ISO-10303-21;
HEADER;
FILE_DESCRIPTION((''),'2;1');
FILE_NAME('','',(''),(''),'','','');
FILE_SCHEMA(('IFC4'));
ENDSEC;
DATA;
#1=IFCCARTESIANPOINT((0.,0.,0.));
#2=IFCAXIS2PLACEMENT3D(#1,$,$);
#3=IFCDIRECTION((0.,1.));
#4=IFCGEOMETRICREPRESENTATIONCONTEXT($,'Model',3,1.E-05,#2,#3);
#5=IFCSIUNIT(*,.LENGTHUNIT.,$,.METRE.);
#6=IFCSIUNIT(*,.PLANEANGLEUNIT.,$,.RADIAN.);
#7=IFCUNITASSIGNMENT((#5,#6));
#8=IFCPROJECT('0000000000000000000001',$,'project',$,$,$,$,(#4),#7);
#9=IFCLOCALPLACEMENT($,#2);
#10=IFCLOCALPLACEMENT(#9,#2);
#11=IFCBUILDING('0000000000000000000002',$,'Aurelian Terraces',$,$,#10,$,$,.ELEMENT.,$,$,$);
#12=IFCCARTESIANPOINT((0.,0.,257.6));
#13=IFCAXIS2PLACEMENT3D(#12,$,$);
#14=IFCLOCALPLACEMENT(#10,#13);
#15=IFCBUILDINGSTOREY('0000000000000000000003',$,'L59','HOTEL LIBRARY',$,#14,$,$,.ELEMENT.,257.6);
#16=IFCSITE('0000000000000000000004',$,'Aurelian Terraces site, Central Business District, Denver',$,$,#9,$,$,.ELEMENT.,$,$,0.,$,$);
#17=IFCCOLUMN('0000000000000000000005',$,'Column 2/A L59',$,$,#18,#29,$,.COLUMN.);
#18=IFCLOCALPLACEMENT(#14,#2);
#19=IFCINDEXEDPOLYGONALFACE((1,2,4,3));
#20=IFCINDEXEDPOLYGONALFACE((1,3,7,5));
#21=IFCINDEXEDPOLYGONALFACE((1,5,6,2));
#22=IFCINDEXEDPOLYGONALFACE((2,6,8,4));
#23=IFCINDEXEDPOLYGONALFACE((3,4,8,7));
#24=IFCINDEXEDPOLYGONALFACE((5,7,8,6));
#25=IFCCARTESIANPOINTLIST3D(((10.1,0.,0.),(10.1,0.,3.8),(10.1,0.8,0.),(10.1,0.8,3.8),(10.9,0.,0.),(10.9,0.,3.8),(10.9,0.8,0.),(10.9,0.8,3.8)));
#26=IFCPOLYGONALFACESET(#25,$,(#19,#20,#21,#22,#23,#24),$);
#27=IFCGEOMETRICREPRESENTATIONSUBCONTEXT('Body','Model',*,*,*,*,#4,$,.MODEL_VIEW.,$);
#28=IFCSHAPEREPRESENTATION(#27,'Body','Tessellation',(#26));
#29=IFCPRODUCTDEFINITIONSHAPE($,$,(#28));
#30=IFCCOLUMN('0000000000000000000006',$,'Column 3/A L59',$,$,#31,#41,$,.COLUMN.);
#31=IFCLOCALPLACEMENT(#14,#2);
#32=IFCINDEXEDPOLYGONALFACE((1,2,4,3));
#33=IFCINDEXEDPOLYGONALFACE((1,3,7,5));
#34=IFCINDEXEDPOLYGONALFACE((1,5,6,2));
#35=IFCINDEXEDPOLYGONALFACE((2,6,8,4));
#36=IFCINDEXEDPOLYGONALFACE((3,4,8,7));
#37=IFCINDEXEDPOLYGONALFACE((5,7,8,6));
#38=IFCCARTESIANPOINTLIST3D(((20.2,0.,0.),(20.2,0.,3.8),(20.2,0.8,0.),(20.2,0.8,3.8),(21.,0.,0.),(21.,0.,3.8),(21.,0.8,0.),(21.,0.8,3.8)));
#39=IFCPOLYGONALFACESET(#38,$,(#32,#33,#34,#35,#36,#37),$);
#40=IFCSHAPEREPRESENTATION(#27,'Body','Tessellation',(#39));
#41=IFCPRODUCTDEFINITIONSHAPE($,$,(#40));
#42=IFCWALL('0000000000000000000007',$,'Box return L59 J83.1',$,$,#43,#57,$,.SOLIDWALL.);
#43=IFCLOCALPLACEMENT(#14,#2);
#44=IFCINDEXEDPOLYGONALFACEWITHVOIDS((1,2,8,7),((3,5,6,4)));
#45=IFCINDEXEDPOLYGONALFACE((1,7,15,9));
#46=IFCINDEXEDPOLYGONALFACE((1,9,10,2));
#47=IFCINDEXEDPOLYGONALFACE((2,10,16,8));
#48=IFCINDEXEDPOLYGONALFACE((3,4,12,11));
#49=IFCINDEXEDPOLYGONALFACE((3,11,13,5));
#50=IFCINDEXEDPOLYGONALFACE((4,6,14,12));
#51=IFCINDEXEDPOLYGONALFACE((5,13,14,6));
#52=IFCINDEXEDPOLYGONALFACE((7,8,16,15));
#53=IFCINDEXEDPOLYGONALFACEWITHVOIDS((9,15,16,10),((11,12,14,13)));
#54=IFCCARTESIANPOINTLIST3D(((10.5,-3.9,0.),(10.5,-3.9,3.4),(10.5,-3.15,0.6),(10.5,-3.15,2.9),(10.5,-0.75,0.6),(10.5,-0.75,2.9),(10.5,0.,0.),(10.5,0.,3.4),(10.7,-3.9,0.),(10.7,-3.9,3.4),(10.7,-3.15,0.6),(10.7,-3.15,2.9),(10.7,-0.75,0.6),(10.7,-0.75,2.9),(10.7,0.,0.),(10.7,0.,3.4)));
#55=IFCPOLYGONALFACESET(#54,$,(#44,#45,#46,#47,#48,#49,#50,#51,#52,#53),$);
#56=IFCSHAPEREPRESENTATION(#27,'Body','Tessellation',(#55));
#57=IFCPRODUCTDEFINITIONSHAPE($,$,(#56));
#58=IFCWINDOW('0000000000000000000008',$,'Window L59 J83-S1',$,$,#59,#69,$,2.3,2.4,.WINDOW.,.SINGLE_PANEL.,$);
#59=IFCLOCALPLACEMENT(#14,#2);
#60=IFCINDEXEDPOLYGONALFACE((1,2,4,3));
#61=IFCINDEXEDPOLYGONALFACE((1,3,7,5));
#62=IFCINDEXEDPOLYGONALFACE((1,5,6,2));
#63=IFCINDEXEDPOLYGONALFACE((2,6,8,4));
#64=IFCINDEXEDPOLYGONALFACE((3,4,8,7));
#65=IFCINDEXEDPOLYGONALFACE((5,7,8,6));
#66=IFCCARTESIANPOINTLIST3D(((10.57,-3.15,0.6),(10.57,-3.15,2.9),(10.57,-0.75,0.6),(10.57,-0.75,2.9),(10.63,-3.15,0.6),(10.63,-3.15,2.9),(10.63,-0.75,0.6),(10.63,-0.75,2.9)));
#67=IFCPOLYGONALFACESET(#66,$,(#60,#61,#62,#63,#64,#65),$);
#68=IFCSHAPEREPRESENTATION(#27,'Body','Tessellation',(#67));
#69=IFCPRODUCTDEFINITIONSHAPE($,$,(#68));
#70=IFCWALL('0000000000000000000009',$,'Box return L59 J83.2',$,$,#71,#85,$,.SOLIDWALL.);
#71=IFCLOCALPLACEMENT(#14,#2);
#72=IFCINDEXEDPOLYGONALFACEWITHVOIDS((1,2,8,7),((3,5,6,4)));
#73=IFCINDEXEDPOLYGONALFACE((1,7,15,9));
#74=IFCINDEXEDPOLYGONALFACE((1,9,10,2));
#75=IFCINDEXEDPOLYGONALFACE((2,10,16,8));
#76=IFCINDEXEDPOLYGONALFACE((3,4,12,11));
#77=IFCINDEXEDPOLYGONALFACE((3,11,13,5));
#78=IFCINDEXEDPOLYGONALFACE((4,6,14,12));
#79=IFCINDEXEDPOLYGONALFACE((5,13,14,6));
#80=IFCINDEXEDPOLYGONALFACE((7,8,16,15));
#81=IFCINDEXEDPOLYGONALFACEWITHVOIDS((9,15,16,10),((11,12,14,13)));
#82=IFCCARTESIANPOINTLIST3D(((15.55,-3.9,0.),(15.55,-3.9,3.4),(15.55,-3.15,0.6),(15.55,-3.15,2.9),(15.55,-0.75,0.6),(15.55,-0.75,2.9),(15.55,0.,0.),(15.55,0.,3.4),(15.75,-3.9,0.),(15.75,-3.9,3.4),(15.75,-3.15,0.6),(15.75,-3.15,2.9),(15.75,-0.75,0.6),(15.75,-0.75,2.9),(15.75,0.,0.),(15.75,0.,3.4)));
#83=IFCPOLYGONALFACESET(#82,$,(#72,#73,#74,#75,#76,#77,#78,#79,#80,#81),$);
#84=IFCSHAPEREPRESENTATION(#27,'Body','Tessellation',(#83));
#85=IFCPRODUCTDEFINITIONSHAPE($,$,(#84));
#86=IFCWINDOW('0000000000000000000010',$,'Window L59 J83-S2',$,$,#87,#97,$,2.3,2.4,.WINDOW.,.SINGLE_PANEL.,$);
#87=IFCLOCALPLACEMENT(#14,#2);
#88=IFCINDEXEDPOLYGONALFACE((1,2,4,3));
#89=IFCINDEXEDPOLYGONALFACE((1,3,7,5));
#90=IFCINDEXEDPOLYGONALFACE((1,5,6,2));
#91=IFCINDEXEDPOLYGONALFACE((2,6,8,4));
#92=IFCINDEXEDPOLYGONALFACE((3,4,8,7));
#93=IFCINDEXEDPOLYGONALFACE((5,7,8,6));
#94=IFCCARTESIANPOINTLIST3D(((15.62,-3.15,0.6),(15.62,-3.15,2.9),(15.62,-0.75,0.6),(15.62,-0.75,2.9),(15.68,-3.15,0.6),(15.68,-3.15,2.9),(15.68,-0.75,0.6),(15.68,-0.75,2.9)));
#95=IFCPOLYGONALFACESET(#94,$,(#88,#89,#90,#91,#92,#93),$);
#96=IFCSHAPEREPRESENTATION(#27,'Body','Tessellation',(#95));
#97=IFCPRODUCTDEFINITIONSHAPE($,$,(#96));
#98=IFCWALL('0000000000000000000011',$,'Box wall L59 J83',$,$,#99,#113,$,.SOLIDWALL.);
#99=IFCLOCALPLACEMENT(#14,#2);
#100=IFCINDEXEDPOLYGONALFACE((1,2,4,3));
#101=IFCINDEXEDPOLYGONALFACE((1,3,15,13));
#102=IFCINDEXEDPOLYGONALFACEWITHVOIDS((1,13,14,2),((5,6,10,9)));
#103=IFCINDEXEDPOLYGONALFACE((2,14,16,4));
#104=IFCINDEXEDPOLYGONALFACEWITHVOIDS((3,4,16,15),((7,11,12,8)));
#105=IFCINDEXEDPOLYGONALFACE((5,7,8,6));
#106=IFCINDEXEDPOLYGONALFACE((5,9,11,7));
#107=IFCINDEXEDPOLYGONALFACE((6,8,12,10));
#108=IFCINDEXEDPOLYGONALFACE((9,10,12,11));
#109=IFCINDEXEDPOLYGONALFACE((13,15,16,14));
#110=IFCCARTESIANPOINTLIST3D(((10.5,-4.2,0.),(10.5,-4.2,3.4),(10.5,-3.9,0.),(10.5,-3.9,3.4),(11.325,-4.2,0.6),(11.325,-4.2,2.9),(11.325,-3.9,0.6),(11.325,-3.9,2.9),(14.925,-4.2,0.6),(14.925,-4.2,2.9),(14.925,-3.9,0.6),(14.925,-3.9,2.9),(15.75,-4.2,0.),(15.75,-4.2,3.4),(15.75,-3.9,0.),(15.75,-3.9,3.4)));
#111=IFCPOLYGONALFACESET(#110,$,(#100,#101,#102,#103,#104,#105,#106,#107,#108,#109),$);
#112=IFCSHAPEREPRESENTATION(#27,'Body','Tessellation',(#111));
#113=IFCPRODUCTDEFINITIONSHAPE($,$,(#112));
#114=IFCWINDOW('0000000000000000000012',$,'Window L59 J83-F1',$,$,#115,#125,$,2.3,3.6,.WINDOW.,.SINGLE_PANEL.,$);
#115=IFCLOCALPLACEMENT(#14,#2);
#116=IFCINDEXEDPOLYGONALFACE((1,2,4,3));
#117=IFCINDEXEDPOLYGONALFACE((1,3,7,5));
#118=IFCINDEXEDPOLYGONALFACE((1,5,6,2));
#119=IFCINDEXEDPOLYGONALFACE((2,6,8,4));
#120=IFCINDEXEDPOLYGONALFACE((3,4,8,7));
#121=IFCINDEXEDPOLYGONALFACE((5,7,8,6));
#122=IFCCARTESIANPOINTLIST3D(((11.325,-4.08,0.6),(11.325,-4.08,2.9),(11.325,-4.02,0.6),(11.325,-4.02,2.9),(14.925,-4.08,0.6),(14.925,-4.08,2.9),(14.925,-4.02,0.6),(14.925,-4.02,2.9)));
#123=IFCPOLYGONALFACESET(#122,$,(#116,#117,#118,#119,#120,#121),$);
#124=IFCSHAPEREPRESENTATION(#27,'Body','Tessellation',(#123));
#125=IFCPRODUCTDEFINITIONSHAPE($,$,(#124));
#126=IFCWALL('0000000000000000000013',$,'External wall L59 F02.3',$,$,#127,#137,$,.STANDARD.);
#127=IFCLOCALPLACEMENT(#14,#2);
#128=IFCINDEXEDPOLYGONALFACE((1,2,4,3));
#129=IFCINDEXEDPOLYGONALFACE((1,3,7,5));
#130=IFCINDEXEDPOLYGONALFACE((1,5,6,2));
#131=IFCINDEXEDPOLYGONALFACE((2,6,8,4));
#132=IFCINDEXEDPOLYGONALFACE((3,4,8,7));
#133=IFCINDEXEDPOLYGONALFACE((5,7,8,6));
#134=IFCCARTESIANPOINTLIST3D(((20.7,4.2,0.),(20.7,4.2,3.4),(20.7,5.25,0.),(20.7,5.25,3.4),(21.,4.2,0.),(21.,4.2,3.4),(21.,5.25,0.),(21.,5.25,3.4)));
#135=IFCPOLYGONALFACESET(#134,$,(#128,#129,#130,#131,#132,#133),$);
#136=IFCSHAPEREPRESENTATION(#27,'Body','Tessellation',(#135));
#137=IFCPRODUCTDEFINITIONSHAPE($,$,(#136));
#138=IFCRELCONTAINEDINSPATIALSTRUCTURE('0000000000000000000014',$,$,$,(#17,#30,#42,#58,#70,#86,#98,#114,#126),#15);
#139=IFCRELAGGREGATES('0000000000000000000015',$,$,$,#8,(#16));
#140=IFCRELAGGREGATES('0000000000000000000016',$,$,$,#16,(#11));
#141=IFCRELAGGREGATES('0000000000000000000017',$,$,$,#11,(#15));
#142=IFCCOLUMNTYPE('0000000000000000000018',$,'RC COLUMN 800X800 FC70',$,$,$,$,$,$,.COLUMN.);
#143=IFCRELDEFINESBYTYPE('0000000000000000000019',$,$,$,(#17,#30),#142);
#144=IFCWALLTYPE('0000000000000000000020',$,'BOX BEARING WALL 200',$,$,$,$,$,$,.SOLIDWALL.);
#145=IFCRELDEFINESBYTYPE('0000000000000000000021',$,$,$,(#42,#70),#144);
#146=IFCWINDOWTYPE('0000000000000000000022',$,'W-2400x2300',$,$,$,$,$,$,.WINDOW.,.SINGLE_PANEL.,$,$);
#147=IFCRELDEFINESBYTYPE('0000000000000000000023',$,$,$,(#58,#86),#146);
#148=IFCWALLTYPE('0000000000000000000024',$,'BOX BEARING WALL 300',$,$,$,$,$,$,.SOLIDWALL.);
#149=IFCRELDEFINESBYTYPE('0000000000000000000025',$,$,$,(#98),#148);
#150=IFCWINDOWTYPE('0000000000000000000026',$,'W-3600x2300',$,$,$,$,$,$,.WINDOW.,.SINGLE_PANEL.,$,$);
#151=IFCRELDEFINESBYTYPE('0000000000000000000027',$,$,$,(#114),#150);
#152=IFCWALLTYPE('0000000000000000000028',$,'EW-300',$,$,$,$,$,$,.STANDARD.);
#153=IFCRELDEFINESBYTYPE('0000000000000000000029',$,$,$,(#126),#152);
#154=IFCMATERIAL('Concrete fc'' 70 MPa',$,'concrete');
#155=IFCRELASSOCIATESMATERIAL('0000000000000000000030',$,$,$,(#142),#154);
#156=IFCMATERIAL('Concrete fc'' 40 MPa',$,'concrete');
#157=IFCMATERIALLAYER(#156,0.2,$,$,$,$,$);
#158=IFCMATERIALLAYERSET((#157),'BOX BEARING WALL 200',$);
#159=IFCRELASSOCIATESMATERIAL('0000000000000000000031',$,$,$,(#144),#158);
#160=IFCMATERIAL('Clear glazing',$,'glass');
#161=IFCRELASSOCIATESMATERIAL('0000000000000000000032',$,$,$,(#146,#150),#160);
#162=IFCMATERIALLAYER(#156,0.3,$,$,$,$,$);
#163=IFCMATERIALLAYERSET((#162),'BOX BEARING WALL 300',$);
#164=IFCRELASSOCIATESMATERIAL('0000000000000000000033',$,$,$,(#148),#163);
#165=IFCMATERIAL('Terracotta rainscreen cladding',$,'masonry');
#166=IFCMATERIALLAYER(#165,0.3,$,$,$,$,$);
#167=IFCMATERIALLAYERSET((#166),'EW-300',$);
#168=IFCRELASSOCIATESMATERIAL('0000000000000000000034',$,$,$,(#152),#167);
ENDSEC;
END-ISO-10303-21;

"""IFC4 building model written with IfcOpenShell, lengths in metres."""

from ifc_helpers import new_model, si_unit, direction, frame, frame_2d, origin, origin_2d, place, context, subcontext, project, spatial, rectangle, extrude, source, transform, mapped, material, layer, layer_set, material_profile, profile_set, type_object, element, fill, save


model = new_model("IFC4")

# Units and contexts
model_context = context("Model", 3, precision=1e-05, world=origin(), true_north=direction((0.0, 1.0)))
body_context = subcontext(model_context, "Body", "Model", "MODEL_VIEW")
ifc_project = project(units=[si_unit("LENGTHUNIT", "METRE"), si_unit("PLANEANGLEUNIT", "RADIAN")], contexts=[model_context])

# Site, building, storey
site_placement = place(None, origin())
site = spatial("IfcSite", under=ifc_project, at=site_placement, Name="Aurelian Terraces site, Central Business District, Denver", CompositionType="ELEMENT", RefElevation=0.0)
building_placement = place(site_placement, origin())
building = spatial("IfcBuilding", under=site, at=building_placement, Name="Aurelian Terraces", CompositionType="ELEMENT")
storey_placement = place(building_placement, frame((0.0, 0.0, 257.6)))
storey = spatial("IfcBuildingStorey", under=building, at=storey_placement, Name="L59", Description="HOTEL LIBRARY", CompositionType="ELEMENT", Elevation=257.6)

# Columns
ifc_material_1 = material(Name="Concrete fc' 70 MPa", Category="concrete")
ifc_material_profile = material_profile(ifc_material_1, rectangle(XDim=0.8, YDim=0.8, at=origin_2d()))
ifc_profile_set = profile_set([ifc_material_profile], Name="Concrete fc' 70 MPa")
column_type = type_object("IfcColumnType", Name="RC COLUMN 800X800 FC70", PredefinedType="COLUMN", material=ifc_profile_set)
shared_shape_1 = source(origin(), body_context, "Body", "SweptSolid", [
    extrude(rectangle(XDim=0.8, YDim=0.8, at=origin_2d()), origin(), (0.0, 0.0, 1.0), 3.8),
])
for number, where, z_axis, x_axis, name in (
    (1, (10.5, 0.4, 0.0), (0.0, 0.0, 1.0), (1.0, 0.0, 0.0), "Column 2/A L59"),
    (2, (20.6, 0.4, 0.0), (0.0, 0.0, 1.0), (1.0, 0.0, 0.0), "Column 3/A L59"),
):
    element("IfcColumn", number, at=place(storey_placement, frame(where, z_axis=z_axis, x_axis=x_axis)), inside=storey, type_object=column_type, Name=name, PredefinedType="COLUMN", context=body_context, shape_type="MappedRepresentation", body=[
        mapped(shared_shape_1, transform((0.0, 0.0, 0.0), scale=1.0)),
    ])

# Walls, openings, windows
ifc_material_2 = material(Name="Concrete fc' 40 MPa", Category="concrete")
ifc_layer_1 = layer(ifc_material_2, 0.2)
ifc_layer_set_1 = layer_set([ifc_layer_1], Name="BOX BEARING WALL 200")
wall_type_1 = type_object("IfcWallType", Name="BOX BEARING WALL 200", PredefinedType="SOLIDWALL", material=ifc_layer_set_1)
shared_shape_2 = source(origin(), body_context, "Body", "SweptSolid", [
    extrude(rectangle(XDim=3.9, YDim=0.2, at=frame_2d((1.95, 0.0))), origin(), (0.0, 0.0, 1.0), 3.4),
])
wall_1_placement = place(storey_placement, frame((10.6, 0.0, 0.0), z_axis=(0.0, 0.0, 1.0), x_axis=(0.0, -1.0, 0.0)))
wall_1 = element("IfcWall", 3, at=wall_1_placement, inside=storey, type_object=wall_type_1, Name="Box return L59 J83.1", PredefinedType="SOLIDWALL", context=body_context, shape_type="MappedRepresentation", body=[
    mapped(shared_shape_2, transform((0.0, 0.0, 0.0), scale=1.0)),
])
shared_shape_3 = source(origin(), body_context, "Body", "SweptSolid", [
    extrude(rectangle(XDim=2.4, YDim=2.3, at=frame_2d((1.2, 1.15))), frame((0.0, 0.11, 0.0), z_axis=(0.0, -1.0, 0.0), x_axis=(1.0, 0.0, 0.0)), (0.0, 0.0, 1.0), 0.22),
])
opening_1_placement = place(wall_1_placement, frame((0.75, 0.0, 0.6)))
opening_1 = element("IfcOpeningElement", 4, at=opening_1_placement, cuts=wall_1, PredefinedType="OPENING", context=body_context, shape_type="MappedRepresentation", body=[
    mapped(shared_shape_3, transform((0.0, 0.0, 0.0), scale=1.0)),
])
ifc_material_3 = material(Name="Clear glazing", Category="glass")
window_type_1 = type_object("IfcWindowType", Name="W-2400x2300", PartitioningType="SINGLE_PANEL", PredefinedType="WINDOW", material=ifc_material_3)
shared_shape_4 = source(origin(), body_context, "Body", "SweptSolid", [
    extrude(rectangle(XDim=2.4, YDim=2.3, at=frame_2d((1.2, 1.15))), frame((0.0, 0.03, 0.0), z_axis=(0.0, -1.0, 0.0), x_axis=(1.0, 0.0, 0.0)), (0.0, 0.0, 1.0), 0.06),
])
window_1_placement = place(opening_1_placement, origin())
window_1 = element("IfcWindow", 5, at=window_1_placement, inside=storey, type_object=window_type_1, Name="Window L59 J83-S1", OverallHeight=2.3, OverallWidth=2.4, PartitioningType="SINGLE_PANEL", PredefinedType="WINDOW", context=body_context, shape_type="MappedRepresentation", body=[
    mapped(shared_shape_4, transform((0.0, 0.0, 0.0), scale=1.0)),
])
fill(opening_1, window_1)
wall_2_placement = place(storey_placement, frame((15.65, 0.0, 0.0), z_axis=(0.0, 0.0, 1.0), x_axis=(0.0, -1.0, 0.0)))
wall_2 = element("IfcWall", 6, at=wall_2_placement, inside=storey, type_object=wall_type_1, Name="Box return L59 J83.2", PredefinedType="SOLIDWALL", context=body_context, shape_type="MappedRepresentation", body=[
    mapped(shared_shape_2, transform((0.0, 0.0, 0.0), scale=1.0)),
])
opening_2_placement = place(wall_2_placement, frame((0.75, 0.0, 0.6)))
opening_2 = element("IfcOpeningElement", 7, at=opening_2_placement, cuts=wall_2, PredefinedType="OPENING", context=body_context, shape_type="MappedRepresentation", body=[
    mapped(shared_shape_3, transform((0.0, 0.0, 0.0), scale=1.0)),
])
window_2_placement = place(opening_2_placement, origin())
window_2 = element("IfcWindow", 8, at=window_2_placement, inside=storey, type_object=window_type_1, Name="Window L59 J83-S2", OverallHeight=2.3, OverallWidth=2.4, PartitioningType="SINGLE_PANEL", PredefinedType="WINDOW", context=body_context, shape_type="MappedRepresentation", body=[
    mapped(shared_shape_4, transform((0.0, 0.0, 0.0), scale=1.0)),
])
fill(opening_2, window_2)
ifc_layer_2 = layer(ifc_material_2, 0.3)
ifc_layer_set_2 = layer_set([ifc_layer_2], Name="BOX BEARING WALL 300")
wall_type_2 = type_object("IfcWallType", Name="BOX BEARING WALL 300", PredefinedType="SOLIDWALL", material=ifc_layer_set_2)
shared_shape_5 = source(origin(), body_context, "Body", "SweptSolid", [
    extrude(rectangle(XDim=5.25, YDim=0.3, at=frame_2d((2.625, 0.0))), origin(), (0.0, 0.0, 1.0), 3.4),
])
wall_3_placement = place(storey_placement, frame((10.5, -4.05, 0.0), z_axis=(0.0, 0.0, 1.0), x_axis=(1.0, 0.0, 0.0)))
wall_3 = element("IfcWall", 9, at=wall_3_placement, inside=storey, type_object=wall_type_2, Name="Box wall L59 J83", PredefinedType="SOLIDWALL", context=body_context, shape_type="MappedRepresentation", body=[
    mapped(shared_shape_5, transform((0.0, 0.0, 0.0), scale=1.0)),
])
shared_shape_6 = source(origin(), body_context, "Body", "SweptSolid", [
    extrude(rectangle(XDim=3.6, YDim=2.3, at=frame_2d((1.8, 1.15))), frame((0.0, 0.16, 0.0), z_axis=(0.0, -1.0, 0.0), x_axis=(1.0, 0.0, 0.0)), (0.0, 0.0, 1.0), 0.32),
])
opening_3_placement = place(wall_3_placement, frame((0.825, 0.0, 0.6)))
opening_3 = element("IfcOpeningElement", 10, at=opening_3_placement, cuts=wall_3, PredefinedType="OPENING", context=body_context, shape_type="MappedRepresentation", body=[
    mapped(shared_shape_6, transform((0.0, 0.0, 0.0), scale=1.0)),
])
window_type_2 = type_object("IfcWindowType", Name="W-3600x2300", PartitioningType="SINGLE_PANEL", PredefinedType="WINDOW", material=ifc_material_3)
shared_shape_7 = source(origin(), body_context, "Body", "SweptSolid", [
    extrude(rectangle(XDim=3.6, YDim=2.3, at=frame_2d((1.8, 1.15))), frame((0.0, 0.03, 0.0), z_axis=(0.0, -1.0, 0.0), x_axis=(1.0, 0.0, 0.0)), (0.0, 0.0, 1.0), 0.06),
])
window_3_placement = place(opening_3_placement, origin())
window_3 = element("IfcWindow", 11, at=window_3_placement, inside=storey, type_object=window_type_2, Name="Window L59 J83-F1", OverallHeight=2.3, OverallWidth=3.6, PartitioningType="SINGLE_PANEL", PredefinedType="WINDOW", context=body_context, shape_type="MappedRepresentation", body=[
    mapped(shared_shape_7, transform((0.0, 0.0, 0.0), scale=1.0)),
])
fill(opening_3, window_3)

# Wall
ifc_material_4 = material(Name="Terracotta rainscreen cladding", Category="masonry")
ifc_layer_3 = layer(ifc_material_4, 0.3)
ifc_layer_set_3 = layer_set([ifc_layer_3], Name="EW-300")
wall_type_3 = type_object("IfcWallType", Name="EW-300", PredefinedType="STANDARD", material=ifc_layer_set_3)
shared_shape_8 = source(origin(), body_context, "Body", "SweptSolid", [
    extrude(rectangle(XDim=1.05, YDim=0.3, at=frame_2d((0.525, 0.0))), origin(), (0.0, 0.0, 1.0), 3.4),
])
wall_4_placement = place(storey_placement, frame((20.85, 4.2, 0.0), z_axis=(0.0, 0.0, 1.0), x_axis=(0.0, 1.0, 0.0)))
element("IfcWall", 12, at=wall_4_placement, inside=storey, type_object=wall_type_3, Name="External wall L59 F02.3", PredefinedType="STANDARD", context=body_context, shape_type="MappedRepresentation", body=[
    mapped(shared_shape_8, transform((0.0, 0.0, 0.0), scale=1.0)),
])

save(model, "model.ifc")
